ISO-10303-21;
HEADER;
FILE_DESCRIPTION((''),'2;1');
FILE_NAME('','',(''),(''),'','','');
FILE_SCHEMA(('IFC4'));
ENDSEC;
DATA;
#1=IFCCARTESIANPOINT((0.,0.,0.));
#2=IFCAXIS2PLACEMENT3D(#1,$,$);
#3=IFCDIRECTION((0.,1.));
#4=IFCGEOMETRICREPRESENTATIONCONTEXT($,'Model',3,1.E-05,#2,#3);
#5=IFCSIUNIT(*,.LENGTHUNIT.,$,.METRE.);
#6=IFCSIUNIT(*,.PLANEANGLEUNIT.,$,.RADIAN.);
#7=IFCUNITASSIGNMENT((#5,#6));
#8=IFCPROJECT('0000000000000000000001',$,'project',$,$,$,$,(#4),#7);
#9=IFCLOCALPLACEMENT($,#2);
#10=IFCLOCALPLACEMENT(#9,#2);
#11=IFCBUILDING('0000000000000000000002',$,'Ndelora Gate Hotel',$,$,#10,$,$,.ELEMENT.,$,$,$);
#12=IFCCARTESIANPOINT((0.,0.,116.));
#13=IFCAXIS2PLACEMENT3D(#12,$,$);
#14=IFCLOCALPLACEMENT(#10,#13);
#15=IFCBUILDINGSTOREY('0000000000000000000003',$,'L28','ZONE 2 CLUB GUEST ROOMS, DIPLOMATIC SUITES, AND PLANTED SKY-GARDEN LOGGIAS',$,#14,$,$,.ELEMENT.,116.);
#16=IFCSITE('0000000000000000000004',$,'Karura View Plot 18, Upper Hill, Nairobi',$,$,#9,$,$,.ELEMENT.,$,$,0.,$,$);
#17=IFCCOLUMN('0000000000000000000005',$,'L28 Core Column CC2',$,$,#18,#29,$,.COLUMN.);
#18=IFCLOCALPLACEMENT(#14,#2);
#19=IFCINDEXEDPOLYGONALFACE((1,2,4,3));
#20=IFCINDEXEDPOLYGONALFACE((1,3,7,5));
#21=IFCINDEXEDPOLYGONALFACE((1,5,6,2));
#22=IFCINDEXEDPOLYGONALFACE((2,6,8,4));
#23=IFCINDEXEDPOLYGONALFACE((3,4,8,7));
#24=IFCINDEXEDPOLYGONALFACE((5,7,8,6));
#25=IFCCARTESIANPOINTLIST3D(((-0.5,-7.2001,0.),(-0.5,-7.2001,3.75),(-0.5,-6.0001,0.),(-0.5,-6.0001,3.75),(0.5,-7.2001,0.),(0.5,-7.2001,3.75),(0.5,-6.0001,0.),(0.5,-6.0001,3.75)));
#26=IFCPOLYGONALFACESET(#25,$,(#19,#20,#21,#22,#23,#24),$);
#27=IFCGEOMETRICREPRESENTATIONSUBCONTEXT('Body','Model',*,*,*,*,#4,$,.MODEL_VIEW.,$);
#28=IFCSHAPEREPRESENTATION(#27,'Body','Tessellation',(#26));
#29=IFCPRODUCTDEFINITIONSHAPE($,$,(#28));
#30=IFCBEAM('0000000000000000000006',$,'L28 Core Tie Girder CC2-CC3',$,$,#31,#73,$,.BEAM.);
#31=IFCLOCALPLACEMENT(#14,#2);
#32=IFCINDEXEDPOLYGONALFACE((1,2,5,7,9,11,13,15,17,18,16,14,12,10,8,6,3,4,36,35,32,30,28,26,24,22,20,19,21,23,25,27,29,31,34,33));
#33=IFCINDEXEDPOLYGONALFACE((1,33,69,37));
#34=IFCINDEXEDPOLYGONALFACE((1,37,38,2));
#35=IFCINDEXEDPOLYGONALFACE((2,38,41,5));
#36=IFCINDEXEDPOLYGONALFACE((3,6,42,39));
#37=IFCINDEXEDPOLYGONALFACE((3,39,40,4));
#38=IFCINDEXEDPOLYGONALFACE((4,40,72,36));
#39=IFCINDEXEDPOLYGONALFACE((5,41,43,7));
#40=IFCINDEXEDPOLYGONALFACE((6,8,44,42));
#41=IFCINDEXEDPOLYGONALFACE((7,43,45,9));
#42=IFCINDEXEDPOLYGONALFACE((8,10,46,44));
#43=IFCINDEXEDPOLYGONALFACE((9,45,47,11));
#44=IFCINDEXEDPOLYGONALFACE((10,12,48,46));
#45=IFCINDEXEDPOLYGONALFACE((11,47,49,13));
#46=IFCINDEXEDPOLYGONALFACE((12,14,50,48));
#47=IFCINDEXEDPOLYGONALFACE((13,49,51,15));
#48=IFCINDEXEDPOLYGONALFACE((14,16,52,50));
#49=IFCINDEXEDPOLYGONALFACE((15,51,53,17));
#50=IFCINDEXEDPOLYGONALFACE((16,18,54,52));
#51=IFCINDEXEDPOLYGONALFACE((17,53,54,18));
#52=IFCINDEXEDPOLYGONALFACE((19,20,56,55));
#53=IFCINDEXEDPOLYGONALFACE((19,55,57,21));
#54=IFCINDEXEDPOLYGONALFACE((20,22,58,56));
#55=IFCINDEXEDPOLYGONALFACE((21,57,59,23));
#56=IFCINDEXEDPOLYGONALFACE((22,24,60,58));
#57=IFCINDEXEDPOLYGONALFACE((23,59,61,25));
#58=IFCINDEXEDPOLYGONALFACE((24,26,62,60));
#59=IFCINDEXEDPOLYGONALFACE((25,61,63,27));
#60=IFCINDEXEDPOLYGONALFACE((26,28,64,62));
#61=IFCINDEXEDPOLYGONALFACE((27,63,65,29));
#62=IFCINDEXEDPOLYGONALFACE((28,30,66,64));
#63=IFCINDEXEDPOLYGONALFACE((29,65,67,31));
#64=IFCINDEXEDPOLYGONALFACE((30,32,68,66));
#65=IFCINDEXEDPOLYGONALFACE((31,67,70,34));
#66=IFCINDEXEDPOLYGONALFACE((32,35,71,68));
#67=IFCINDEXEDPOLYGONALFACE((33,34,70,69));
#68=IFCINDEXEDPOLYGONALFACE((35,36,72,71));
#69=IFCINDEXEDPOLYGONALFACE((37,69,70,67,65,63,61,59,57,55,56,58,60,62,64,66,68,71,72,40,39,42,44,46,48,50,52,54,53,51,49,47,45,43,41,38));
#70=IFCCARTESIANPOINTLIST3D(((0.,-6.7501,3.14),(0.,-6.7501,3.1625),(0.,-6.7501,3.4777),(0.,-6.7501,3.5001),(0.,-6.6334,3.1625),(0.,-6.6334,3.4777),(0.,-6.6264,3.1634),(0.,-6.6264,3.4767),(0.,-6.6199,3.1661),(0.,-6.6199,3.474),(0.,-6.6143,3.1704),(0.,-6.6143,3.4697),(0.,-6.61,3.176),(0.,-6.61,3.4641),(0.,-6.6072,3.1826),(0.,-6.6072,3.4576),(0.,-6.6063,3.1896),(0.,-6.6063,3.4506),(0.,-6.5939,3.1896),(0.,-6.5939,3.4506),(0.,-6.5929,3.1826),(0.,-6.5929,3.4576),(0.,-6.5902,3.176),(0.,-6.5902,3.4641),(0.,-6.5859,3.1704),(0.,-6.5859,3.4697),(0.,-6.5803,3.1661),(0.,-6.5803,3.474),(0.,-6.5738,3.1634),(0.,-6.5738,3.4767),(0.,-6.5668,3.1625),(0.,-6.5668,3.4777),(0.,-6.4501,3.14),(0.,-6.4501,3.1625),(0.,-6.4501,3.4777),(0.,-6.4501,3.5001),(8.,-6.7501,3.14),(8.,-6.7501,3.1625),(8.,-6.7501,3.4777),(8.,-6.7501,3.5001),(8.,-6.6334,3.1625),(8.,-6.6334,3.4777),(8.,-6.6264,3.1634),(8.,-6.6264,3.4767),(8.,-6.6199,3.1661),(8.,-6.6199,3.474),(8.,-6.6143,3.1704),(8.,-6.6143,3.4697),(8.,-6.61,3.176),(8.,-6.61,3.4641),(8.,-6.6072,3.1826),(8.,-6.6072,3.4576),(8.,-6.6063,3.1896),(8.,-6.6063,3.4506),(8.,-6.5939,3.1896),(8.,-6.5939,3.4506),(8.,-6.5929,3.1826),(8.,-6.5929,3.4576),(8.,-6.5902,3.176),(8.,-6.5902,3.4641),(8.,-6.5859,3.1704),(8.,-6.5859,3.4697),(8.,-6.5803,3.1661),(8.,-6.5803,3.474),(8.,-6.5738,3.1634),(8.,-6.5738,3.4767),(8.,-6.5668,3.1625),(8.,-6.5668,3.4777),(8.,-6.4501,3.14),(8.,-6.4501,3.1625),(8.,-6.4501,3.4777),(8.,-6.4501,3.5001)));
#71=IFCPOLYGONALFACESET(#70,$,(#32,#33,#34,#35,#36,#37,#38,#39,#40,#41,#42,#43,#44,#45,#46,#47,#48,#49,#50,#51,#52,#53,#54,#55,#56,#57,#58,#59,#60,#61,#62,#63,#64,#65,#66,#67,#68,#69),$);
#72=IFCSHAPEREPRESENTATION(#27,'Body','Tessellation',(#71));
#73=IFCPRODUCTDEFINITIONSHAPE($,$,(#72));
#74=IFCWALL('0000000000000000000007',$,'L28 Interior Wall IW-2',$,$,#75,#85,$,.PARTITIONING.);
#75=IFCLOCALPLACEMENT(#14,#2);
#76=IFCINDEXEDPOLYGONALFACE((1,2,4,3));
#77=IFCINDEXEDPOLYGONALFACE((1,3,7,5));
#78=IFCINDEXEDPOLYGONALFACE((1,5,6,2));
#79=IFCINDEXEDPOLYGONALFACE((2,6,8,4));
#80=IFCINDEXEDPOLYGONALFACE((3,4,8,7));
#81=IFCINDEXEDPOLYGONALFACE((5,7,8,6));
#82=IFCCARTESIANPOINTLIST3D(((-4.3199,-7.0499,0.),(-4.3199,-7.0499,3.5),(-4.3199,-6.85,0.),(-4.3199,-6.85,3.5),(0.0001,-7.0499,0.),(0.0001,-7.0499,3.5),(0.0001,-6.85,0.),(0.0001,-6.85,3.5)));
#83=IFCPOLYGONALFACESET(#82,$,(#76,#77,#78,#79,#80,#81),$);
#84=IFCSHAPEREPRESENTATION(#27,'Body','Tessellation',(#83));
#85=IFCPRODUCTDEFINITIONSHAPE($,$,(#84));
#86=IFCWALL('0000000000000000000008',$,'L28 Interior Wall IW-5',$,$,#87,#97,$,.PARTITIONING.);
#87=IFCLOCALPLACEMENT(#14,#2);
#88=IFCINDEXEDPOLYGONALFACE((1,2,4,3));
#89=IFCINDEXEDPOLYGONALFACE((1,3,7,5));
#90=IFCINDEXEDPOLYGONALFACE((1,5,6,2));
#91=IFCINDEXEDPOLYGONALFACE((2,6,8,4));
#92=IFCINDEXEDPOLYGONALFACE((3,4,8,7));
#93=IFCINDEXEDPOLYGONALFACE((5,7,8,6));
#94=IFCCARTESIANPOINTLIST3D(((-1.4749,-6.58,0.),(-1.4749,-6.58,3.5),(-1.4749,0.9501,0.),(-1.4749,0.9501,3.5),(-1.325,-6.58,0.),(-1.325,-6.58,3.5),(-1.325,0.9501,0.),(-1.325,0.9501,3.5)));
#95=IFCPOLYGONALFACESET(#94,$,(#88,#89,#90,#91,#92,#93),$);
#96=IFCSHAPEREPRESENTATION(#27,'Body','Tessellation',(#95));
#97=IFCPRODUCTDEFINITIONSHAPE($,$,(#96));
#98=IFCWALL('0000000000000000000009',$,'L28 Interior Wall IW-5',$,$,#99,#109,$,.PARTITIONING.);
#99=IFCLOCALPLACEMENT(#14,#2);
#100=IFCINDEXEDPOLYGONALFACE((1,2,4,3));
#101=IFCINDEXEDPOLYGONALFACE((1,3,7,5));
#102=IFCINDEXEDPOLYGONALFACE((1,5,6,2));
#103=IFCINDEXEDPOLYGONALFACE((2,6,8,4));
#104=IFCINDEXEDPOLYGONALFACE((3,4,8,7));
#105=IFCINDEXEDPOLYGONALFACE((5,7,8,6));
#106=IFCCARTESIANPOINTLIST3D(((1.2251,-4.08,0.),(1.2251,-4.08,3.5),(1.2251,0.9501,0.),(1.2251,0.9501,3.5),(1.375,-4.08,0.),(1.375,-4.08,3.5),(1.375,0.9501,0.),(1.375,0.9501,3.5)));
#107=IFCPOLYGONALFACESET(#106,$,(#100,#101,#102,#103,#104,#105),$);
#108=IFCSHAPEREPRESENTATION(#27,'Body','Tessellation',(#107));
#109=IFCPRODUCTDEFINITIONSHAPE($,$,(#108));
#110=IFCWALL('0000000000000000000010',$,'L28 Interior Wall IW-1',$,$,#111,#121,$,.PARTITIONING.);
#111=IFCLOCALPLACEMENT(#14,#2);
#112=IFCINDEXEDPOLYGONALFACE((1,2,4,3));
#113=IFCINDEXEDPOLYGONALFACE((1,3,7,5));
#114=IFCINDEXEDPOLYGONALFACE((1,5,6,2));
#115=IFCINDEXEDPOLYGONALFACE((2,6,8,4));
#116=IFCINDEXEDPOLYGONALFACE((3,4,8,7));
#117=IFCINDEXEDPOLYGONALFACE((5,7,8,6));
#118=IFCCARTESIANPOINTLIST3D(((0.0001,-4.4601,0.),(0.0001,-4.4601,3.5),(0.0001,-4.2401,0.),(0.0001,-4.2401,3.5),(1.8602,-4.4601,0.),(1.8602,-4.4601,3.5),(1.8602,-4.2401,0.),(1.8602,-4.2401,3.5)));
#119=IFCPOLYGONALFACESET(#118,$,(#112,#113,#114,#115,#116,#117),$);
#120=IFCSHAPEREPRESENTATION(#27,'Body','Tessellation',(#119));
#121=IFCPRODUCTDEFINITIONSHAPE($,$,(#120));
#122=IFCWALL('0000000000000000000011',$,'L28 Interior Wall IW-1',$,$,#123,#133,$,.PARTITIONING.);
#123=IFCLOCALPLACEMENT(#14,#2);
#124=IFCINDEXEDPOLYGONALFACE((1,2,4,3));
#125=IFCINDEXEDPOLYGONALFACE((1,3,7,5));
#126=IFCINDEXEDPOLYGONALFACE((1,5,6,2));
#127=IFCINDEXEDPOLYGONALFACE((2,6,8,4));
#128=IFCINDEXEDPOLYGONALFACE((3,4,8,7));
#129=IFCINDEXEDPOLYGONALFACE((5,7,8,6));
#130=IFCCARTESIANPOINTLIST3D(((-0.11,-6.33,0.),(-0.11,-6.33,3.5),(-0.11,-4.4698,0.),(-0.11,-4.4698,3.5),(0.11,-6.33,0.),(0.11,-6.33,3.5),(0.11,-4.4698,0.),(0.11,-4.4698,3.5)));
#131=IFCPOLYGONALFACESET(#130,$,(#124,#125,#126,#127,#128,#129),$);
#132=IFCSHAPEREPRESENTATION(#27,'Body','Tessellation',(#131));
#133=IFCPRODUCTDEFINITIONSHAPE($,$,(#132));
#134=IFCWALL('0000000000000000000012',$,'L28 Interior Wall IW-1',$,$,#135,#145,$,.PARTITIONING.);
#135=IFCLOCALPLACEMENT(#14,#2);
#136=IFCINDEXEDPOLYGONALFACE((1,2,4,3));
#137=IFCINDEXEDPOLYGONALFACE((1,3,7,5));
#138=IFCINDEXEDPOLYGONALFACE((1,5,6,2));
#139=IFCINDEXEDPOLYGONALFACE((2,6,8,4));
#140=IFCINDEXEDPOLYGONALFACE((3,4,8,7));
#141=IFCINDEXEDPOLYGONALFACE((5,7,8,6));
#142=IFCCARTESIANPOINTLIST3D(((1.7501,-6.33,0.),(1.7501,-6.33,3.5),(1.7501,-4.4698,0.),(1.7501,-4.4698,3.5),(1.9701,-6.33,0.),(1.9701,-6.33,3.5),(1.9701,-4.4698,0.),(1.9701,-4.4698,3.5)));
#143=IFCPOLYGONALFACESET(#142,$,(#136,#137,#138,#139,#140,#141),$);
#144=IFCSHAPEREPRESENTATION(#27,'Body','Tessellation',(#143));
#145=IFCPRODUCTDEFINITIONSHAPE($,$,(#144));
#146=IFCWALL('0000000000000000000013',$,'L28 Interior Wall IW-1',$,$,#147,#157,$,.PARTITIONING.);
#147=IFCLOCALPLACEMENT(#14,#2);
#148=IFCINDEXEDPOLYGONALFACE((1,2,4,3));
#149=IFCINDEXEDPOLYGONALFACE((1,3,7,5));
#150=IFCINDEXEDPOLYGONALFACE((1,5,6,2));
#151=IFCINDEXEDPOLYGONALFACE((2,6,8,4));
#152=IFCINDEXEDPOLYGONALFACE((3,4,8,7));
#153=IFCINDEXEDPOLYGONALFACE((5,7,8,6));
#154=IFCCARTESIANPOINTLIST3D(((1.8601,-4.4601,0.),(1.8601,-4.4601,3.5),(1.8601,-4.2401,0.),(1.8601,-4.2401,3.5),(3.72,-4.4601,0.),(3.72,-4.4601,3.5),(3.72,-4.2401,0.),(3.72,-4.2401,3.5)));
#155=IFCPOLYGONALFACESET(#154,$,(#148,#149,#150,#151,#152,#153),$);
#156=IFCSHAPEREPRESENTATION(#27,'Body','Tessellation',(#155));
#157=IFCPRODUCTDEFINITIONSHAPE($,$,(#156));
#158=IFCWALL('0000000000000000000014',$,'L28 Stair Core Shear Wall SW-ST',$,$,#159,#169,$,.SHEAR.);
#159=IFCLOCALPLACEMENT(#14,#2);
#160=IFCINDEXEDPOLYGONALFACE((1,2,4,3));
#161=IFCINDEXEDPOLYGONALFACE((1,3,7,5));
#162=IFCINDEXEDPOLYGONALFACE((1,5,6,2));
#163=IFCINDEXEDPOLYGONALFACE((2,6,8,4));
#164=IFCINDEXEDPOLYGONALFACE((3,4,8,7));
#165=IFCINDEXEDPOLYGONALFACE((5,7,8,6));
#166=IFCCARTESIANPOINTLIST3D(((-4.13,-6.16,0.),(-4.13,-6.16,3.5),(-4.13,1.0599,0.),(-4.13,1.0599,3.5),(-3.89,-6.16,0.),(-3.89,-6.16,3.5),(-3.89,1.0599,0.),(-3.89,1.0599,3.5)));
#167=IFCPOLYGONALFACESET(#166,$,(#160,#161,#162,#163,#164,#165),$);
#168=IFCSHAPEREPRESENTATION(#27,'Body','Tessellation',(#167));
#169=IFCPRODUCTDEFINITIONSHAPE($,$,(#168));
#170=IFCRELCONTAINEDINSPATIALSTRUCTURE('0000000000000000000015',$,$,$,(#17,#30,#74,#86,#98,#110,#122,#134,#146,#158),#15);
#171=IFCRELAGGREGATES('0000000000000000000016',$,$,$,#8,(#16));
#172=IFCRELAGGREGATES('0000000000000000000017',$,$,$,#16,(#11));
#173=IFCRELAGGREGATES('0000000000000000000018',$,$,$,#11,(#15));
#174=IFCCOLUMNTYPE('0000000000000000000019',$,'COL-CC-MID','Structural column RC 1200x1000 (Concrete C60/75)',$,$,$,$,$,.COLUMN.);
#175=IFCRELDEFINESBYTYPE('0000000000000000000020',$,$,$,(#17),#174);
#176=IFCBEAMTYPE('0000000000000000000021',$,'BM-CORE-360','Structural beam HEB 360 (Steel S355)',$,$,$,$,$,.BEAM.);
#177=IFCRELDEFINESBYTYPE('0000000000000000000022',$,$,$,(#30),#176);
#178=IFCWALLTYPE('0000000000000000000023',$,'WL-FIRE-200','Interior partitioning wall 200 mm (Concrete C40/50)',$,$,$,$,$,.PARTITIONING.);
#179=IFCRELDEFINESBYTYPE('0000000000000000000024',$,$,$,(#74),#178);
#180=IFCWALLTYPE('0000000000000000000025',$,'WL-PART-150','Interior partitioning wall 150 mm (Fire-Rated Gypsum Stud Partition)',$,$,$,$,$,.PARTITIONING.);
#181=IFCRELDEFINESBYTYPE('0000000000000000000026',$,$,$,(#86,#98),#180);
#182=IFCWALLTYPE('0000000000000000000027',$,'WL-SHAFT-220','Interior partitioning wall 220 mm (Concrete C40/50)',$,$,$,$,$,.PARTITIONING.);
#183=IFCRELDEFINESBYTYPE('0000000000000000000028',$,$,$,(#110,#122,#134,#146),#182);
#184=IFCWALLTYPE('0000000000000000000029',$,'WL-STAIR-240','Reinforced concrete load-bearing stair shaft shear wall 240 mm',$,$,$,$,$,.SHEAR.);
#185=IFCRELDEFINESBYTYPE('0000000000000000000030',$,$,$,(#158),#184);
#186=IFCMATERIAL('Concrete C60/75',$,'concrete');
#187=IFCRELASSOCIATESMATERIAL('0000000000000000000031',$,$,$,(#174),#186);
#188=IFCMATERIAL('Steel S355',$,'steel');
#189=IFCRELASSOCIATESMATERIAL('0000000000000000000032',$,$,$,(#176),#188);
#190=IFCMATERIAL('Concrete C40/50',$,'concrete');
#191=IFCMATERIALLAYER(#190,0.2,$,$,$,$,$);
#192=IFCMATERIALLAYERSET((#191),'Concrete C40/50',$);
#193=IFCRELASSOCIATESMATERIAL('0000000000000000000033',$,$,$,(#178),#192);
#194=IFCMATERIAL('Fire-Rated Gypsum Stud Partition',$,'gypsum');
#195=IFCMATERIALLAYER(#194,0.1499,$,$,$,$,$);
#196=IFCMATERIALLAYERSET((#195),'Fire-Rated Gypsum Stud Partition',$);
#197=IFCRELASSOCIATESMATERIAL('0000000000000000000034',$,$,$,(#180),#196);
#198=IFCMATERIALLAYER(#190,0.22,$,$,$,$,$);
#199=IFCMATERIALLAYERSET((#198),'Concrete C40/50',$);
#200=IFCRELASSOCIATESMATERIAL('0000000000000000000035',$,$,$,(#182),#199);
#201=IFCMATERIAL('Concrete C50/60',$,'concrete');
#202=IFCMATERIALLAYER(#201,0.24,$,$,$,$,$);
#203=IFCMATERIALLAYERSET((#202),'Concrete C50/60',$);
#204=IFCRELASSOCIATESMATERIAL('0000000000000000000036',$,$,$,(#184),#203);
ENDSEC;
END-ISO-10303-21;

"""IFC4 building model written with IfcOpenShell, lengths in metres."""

from ifc_helpers import new_model, si_unit, direction, frame, frame_2d, origin, origin_2d, place, context, subcontext, project, spatial, rectangle, i_section, extrude, material, layer, layer_set, material_profile, profile_set, type_object, element, save


model = new_model("IFC4")

# Units and contexts
model_context = context("Model", 3, precision=1e-05, world=origin(), true_north=direction((0.0, 1.0)))
body_context = subcontext(model_context, "Body", "Model", "MODEL_VIEW")
ifc_project = project(units=[si_unit("LENGTHUNIT", "METRE"), si_unit("PLANEANGLEUNIT", "RADIAN")], contexts=[model_context])

# Site, building, storey
site_placement = place(None, origin())
site = spatial("IfcSite", under=ifc_project, at=site_placement, Name="Karura View Plot 18, Upper Hill, Nairobi", CompositionType="ELEMENT", RefElevation=0.0)
building_placement = place(site_placement, origin())
building = spatial("IfcBuilding", under=site, at=building_placement, Name="Ndelora Gate Hotel", CompositionType="ELEMENT")
storey_placement = place(building_placement, frame((0.0, 0.0, 116.0)))
storey = spatial("IfcBuildingStorey", under=building, at=storey_placement, Name="L28", Description="ZONE 2 CLUB GUEST ROOMS, DIPLOMATIC SUITES, AND PLANTED SKY-GARDEN LOGGIAS", CompositionType="ELEMENT", Elevation=116.0)

# Column
ifc_material_1 = material(Name="Concrete C60/75", Category="concrete")
ifc_material_profile_1 = material_profile(ifc_material_1, rectangle(XDim=1.0, YDim=1.2, at=origin_2d()), Name="RC 1200x1000")
ifc_profile_set_1 = profile_set([ifc_material_profile_1], Name="Concrete C60/75")
column_type = type_object("IfcColumnType", Name="COL-CC-MID", Description="Structural column RC 1200x1000 (Concrete C60/75)", PredefinedType="COLUMN", material=ifc_profile_set_1)
column_placement = place(storey_placement, frame((0.0, -6.6001, 0.0), z_axis=(0.0, 0.0, 1.0), x_axis=(1.0, 0.0, 0.0)))
element("IfcColumn", 1, at=column_placement, inside=storey, type_object=column_type, Name="L28 Core Column CC2", PredefinedType="COLUMN", context=body_context, shape_type="SweptSolid", body=[
    extrude(rectangle(XDim=1.0, YDim=1.2, at=origin_2d()), origin(), (0.0, 0.0, 1.0), 3.75),
])

# Beam
ifc_material_2 = material(Name="Steel S355", Category="steel")
ifc_material_profile_2 = material_profile(ifc_material_2, i_section(OverallWidth=0.3, OverallDepth=0.3601, WebThickness=0.0125, FlangeThickness=0.0225, FilletRadius=0.0271, at=origin_2d()), Name="HEB 360")
ifc_profile_set_2 = profile_set([ifc_material_profile_2], Name="Steel S355")
beam_type = type_object("IfcBeamType", Name="BM-CORE-360", Description="Structural beam HEB 360 (Steel S355)", PredefinedType="BEAM", material=ifc_profile_set_2)
beam_placement = place(storey_placement, frame((0.0, -6.6001, 3.3201), z_axis=(1.0, 0.0, 0.0), x_axis=(0.0, 1.0, 0.0)))
element("IfcBeam", 2, at=beam_placement, inside=storey, type_object=beam_type, Name="L28 Core Tie Girder CC2-CC3", PredefinedType="BEAM", context=body_context, shape_type="SweptSolid", body=[
    extrude(i_section(OverallWidth=0.3, OverallDepth=0.3601, WebThickness=0.0125, FlangeThickness=0.0225, FilletRadius=0.0271, at=origin_2d()), origin(), (0.0, 0.0, 1.0), 8.0),
])

# Walls
ifc_material_3 = material(Name="Concrete C40/50", Category="concrete")
ifc_layer_1 = layer(ifc_material_3, 0.2)
ifc_layer_set_1 = layer_set([ifc_layer_1], Name="Concrete C40/50")
wall_type_1 = type_object("IfcWallType", Name="WL-FIRE-200", Description="Interior partitioning wall 200 mm (Concrete C40/50)", PredefinedType="PARTITIONING", material=ifc_layer_set_1)
wall_1_placement = place(storey_placement, frame((-4.3201, -6.95, 0.0), z_axis=(0.0, 0.0, 1.0), x_axis=(1.0, 0.0, 0.0)))
element("IfcWall", 3, at=wall_1_placement, inside=storey, type_object=wall_type_1, Name="L28 Interior Wall IW-2", PredefinedType="PARTITIONING", context=body_context, shape_type="SweptSolid", body=[
    extrude(rectangle(XDim=4.3201, YDim=0.2, at=frame_2d((2.1602, 0.0))), origin(), (0.0, 0.0, 1.0), 3.5),
])
ifc_material_4 = material(Name="Fire-Rated Gypsum Stud Partition", Category="gypsum")
ifc_layer_2 = layer(ifc_material_4, 0.1499)
ifc_layer_set_2 = layer_set([ifc_layer_2], Name="Fire-Rated Gypsum Stud Partition")
wall_type_2 = type_object("IfcWallType", Name="WL-PART-150", Description="Interior partitioning wall 150 mm (Fire-Rated Gypsum Stud Partition)", PredefinedType="PARTITIONING", material=ifc_layer_set_2)
wall_2_placement = place(storey_placement, frame((-1.3999, -6.5801, 0.0), z_axis=(0.0, 0.0, 1.0), x_axis=(0.0, 1.0, 0.0)))
element("IfcWall", 4, at=wall_2_placement, inside=storey, type_object=wall_type_2, Name="L28 Interior Wall IW-5", PredefinedType="PARTITIONING", context=body_context, shape_type="SweptSolid", body=[
    extrude(rectangle(XDim=7.53, YDim=0.1499, at=frame_2d((3.7651, 0.0))), origin(), (0.0, 0.0, 1.0), 3.5),
])
wall_3_placement = place(storey_placement, frame((1.3, -4.0801, 0.0), z_axis=(0.0, 0.0, 1.0), x_axis=(0.0, 1.0, 0.0)))
element("IfcWall", 5, at=wall_3_placement, inside=storey, type_object=wall_type_2, Name="L28 Interior Wall IW-5", PredefinedType="PARTITIONING", context=body_context, shape_type="SweptSolid", body=[
    extrude(rectangle(XDim=5.03, YDim=0.1499, at=frame_2d((2.5151, 0.0))), origin(), (0.0, 0.0, 1.0), 3.5),
])

# Shared definitions
ifc_layer_3 = layer(ifc_material_3, 0.22)
ifc_layer_set_3 = layer_set([ifc_layer_3], Name="Concrete C40/50")
wall_type_3 = type_object("IfcWallType", Name="WL-SHAFT-220", Description="Interior partitioning wall 220 mm (Concrete C40/50)", PredefinedType="PARTITIONING", material=ifc_layer_set_3)

# Walls
for number, where, z_axis, x_axis, name in (
    (6, (0.0, -4.3501, 0.0), (0.0, 0.0, 1.0), (1.0, 0.0, 0.0), "L28 Interior Wall IW-1"),
    (7, (0.0, -6.3301, 0.0), (0.0, 0.0, 1.0), (0.0, 1.0, 0.0), "L28 Interior Wall IW-1"),
    (8, (1.8601, -6.3301, 0.0), (0.0, 0.0, 1.0), (0.0, 1.0, 0.0), "L28 Interior Wall IW-1"),
):
    element("IfcWall", number, at=place(storey_placement, frame(where, z_axis=z_axis, x_axis=x_axis)), inside=storey, type_object=wall_type_3, Name=name, PredefinedType="PARTITIONING", context=body_context, shape_type="SweptSolid", body=[
        extrude(rectangle(XDim=1.8601, YDim=0.22, at=frame_2d((0.9302, 0.0))), origin(), (0.0, 0.0, 1.0), 3.5),
    ])

# Walls
wall_4_placement = place(storey_placement, frame((1.8601, -4.3501, 0.0), z_axis=(0.0, 0.0, 1.0), x_axis=(1.0, 0.0, 0.0)))
element("IfcWall", 9, at=wall_4_placement, inside=storey, type_object=wall_type_3, Name="L28 Interior Wall IW-1", PredefinedType="PARTITIONING", context=body_context, shape_type="SweptSolid", body=[
    extrude(rectangle(XDim=1.8599, YDim=0.22, at=frame_2d((0.9299, 0.0))), origin(), (0.0, 0.0, 1.0), 3.5),
])
ifc_material_5 = material(Name="Concrete C50/60", Category="concrete")
ifc_layer_4 = layer(ifc_material_5, 0.24)
ifc_layer_set_4 = layer_set([ifc_layer_4], Name="Concrete C50/60")
wall_type_4 = type_object("IfcWallType", Name="WL-STAIR-240", Description="Reinforced concrete load-bearing stair shaft shear wall 240 mm", PredefinedType="SHEAR", material=ifc_layer_set_4)
wall_5_placement = place(storey_placement, frame((-4.01, -6.1599, 0.0), z_axis=(0.0, 0.0, 1.0), x_axis=(0.0, 1.0, 0.0)))
element("IfcWall", 10, at=wall_5_placement, inside=storey, type_object=wall_type_4, Name="L28 Stair Core Shear Wall SW-ST", PredefinedType="SHEAR", context=body_context, shape_type="SweptSolid", body=[
    extrude(rectangle(XDim=7.22, YDim=0.24, at=frame_2d((3.6099, 0.0))), origin(), (0.0, 0.0, 1.0), 3.5),
])

save(model, "model.ifc")
